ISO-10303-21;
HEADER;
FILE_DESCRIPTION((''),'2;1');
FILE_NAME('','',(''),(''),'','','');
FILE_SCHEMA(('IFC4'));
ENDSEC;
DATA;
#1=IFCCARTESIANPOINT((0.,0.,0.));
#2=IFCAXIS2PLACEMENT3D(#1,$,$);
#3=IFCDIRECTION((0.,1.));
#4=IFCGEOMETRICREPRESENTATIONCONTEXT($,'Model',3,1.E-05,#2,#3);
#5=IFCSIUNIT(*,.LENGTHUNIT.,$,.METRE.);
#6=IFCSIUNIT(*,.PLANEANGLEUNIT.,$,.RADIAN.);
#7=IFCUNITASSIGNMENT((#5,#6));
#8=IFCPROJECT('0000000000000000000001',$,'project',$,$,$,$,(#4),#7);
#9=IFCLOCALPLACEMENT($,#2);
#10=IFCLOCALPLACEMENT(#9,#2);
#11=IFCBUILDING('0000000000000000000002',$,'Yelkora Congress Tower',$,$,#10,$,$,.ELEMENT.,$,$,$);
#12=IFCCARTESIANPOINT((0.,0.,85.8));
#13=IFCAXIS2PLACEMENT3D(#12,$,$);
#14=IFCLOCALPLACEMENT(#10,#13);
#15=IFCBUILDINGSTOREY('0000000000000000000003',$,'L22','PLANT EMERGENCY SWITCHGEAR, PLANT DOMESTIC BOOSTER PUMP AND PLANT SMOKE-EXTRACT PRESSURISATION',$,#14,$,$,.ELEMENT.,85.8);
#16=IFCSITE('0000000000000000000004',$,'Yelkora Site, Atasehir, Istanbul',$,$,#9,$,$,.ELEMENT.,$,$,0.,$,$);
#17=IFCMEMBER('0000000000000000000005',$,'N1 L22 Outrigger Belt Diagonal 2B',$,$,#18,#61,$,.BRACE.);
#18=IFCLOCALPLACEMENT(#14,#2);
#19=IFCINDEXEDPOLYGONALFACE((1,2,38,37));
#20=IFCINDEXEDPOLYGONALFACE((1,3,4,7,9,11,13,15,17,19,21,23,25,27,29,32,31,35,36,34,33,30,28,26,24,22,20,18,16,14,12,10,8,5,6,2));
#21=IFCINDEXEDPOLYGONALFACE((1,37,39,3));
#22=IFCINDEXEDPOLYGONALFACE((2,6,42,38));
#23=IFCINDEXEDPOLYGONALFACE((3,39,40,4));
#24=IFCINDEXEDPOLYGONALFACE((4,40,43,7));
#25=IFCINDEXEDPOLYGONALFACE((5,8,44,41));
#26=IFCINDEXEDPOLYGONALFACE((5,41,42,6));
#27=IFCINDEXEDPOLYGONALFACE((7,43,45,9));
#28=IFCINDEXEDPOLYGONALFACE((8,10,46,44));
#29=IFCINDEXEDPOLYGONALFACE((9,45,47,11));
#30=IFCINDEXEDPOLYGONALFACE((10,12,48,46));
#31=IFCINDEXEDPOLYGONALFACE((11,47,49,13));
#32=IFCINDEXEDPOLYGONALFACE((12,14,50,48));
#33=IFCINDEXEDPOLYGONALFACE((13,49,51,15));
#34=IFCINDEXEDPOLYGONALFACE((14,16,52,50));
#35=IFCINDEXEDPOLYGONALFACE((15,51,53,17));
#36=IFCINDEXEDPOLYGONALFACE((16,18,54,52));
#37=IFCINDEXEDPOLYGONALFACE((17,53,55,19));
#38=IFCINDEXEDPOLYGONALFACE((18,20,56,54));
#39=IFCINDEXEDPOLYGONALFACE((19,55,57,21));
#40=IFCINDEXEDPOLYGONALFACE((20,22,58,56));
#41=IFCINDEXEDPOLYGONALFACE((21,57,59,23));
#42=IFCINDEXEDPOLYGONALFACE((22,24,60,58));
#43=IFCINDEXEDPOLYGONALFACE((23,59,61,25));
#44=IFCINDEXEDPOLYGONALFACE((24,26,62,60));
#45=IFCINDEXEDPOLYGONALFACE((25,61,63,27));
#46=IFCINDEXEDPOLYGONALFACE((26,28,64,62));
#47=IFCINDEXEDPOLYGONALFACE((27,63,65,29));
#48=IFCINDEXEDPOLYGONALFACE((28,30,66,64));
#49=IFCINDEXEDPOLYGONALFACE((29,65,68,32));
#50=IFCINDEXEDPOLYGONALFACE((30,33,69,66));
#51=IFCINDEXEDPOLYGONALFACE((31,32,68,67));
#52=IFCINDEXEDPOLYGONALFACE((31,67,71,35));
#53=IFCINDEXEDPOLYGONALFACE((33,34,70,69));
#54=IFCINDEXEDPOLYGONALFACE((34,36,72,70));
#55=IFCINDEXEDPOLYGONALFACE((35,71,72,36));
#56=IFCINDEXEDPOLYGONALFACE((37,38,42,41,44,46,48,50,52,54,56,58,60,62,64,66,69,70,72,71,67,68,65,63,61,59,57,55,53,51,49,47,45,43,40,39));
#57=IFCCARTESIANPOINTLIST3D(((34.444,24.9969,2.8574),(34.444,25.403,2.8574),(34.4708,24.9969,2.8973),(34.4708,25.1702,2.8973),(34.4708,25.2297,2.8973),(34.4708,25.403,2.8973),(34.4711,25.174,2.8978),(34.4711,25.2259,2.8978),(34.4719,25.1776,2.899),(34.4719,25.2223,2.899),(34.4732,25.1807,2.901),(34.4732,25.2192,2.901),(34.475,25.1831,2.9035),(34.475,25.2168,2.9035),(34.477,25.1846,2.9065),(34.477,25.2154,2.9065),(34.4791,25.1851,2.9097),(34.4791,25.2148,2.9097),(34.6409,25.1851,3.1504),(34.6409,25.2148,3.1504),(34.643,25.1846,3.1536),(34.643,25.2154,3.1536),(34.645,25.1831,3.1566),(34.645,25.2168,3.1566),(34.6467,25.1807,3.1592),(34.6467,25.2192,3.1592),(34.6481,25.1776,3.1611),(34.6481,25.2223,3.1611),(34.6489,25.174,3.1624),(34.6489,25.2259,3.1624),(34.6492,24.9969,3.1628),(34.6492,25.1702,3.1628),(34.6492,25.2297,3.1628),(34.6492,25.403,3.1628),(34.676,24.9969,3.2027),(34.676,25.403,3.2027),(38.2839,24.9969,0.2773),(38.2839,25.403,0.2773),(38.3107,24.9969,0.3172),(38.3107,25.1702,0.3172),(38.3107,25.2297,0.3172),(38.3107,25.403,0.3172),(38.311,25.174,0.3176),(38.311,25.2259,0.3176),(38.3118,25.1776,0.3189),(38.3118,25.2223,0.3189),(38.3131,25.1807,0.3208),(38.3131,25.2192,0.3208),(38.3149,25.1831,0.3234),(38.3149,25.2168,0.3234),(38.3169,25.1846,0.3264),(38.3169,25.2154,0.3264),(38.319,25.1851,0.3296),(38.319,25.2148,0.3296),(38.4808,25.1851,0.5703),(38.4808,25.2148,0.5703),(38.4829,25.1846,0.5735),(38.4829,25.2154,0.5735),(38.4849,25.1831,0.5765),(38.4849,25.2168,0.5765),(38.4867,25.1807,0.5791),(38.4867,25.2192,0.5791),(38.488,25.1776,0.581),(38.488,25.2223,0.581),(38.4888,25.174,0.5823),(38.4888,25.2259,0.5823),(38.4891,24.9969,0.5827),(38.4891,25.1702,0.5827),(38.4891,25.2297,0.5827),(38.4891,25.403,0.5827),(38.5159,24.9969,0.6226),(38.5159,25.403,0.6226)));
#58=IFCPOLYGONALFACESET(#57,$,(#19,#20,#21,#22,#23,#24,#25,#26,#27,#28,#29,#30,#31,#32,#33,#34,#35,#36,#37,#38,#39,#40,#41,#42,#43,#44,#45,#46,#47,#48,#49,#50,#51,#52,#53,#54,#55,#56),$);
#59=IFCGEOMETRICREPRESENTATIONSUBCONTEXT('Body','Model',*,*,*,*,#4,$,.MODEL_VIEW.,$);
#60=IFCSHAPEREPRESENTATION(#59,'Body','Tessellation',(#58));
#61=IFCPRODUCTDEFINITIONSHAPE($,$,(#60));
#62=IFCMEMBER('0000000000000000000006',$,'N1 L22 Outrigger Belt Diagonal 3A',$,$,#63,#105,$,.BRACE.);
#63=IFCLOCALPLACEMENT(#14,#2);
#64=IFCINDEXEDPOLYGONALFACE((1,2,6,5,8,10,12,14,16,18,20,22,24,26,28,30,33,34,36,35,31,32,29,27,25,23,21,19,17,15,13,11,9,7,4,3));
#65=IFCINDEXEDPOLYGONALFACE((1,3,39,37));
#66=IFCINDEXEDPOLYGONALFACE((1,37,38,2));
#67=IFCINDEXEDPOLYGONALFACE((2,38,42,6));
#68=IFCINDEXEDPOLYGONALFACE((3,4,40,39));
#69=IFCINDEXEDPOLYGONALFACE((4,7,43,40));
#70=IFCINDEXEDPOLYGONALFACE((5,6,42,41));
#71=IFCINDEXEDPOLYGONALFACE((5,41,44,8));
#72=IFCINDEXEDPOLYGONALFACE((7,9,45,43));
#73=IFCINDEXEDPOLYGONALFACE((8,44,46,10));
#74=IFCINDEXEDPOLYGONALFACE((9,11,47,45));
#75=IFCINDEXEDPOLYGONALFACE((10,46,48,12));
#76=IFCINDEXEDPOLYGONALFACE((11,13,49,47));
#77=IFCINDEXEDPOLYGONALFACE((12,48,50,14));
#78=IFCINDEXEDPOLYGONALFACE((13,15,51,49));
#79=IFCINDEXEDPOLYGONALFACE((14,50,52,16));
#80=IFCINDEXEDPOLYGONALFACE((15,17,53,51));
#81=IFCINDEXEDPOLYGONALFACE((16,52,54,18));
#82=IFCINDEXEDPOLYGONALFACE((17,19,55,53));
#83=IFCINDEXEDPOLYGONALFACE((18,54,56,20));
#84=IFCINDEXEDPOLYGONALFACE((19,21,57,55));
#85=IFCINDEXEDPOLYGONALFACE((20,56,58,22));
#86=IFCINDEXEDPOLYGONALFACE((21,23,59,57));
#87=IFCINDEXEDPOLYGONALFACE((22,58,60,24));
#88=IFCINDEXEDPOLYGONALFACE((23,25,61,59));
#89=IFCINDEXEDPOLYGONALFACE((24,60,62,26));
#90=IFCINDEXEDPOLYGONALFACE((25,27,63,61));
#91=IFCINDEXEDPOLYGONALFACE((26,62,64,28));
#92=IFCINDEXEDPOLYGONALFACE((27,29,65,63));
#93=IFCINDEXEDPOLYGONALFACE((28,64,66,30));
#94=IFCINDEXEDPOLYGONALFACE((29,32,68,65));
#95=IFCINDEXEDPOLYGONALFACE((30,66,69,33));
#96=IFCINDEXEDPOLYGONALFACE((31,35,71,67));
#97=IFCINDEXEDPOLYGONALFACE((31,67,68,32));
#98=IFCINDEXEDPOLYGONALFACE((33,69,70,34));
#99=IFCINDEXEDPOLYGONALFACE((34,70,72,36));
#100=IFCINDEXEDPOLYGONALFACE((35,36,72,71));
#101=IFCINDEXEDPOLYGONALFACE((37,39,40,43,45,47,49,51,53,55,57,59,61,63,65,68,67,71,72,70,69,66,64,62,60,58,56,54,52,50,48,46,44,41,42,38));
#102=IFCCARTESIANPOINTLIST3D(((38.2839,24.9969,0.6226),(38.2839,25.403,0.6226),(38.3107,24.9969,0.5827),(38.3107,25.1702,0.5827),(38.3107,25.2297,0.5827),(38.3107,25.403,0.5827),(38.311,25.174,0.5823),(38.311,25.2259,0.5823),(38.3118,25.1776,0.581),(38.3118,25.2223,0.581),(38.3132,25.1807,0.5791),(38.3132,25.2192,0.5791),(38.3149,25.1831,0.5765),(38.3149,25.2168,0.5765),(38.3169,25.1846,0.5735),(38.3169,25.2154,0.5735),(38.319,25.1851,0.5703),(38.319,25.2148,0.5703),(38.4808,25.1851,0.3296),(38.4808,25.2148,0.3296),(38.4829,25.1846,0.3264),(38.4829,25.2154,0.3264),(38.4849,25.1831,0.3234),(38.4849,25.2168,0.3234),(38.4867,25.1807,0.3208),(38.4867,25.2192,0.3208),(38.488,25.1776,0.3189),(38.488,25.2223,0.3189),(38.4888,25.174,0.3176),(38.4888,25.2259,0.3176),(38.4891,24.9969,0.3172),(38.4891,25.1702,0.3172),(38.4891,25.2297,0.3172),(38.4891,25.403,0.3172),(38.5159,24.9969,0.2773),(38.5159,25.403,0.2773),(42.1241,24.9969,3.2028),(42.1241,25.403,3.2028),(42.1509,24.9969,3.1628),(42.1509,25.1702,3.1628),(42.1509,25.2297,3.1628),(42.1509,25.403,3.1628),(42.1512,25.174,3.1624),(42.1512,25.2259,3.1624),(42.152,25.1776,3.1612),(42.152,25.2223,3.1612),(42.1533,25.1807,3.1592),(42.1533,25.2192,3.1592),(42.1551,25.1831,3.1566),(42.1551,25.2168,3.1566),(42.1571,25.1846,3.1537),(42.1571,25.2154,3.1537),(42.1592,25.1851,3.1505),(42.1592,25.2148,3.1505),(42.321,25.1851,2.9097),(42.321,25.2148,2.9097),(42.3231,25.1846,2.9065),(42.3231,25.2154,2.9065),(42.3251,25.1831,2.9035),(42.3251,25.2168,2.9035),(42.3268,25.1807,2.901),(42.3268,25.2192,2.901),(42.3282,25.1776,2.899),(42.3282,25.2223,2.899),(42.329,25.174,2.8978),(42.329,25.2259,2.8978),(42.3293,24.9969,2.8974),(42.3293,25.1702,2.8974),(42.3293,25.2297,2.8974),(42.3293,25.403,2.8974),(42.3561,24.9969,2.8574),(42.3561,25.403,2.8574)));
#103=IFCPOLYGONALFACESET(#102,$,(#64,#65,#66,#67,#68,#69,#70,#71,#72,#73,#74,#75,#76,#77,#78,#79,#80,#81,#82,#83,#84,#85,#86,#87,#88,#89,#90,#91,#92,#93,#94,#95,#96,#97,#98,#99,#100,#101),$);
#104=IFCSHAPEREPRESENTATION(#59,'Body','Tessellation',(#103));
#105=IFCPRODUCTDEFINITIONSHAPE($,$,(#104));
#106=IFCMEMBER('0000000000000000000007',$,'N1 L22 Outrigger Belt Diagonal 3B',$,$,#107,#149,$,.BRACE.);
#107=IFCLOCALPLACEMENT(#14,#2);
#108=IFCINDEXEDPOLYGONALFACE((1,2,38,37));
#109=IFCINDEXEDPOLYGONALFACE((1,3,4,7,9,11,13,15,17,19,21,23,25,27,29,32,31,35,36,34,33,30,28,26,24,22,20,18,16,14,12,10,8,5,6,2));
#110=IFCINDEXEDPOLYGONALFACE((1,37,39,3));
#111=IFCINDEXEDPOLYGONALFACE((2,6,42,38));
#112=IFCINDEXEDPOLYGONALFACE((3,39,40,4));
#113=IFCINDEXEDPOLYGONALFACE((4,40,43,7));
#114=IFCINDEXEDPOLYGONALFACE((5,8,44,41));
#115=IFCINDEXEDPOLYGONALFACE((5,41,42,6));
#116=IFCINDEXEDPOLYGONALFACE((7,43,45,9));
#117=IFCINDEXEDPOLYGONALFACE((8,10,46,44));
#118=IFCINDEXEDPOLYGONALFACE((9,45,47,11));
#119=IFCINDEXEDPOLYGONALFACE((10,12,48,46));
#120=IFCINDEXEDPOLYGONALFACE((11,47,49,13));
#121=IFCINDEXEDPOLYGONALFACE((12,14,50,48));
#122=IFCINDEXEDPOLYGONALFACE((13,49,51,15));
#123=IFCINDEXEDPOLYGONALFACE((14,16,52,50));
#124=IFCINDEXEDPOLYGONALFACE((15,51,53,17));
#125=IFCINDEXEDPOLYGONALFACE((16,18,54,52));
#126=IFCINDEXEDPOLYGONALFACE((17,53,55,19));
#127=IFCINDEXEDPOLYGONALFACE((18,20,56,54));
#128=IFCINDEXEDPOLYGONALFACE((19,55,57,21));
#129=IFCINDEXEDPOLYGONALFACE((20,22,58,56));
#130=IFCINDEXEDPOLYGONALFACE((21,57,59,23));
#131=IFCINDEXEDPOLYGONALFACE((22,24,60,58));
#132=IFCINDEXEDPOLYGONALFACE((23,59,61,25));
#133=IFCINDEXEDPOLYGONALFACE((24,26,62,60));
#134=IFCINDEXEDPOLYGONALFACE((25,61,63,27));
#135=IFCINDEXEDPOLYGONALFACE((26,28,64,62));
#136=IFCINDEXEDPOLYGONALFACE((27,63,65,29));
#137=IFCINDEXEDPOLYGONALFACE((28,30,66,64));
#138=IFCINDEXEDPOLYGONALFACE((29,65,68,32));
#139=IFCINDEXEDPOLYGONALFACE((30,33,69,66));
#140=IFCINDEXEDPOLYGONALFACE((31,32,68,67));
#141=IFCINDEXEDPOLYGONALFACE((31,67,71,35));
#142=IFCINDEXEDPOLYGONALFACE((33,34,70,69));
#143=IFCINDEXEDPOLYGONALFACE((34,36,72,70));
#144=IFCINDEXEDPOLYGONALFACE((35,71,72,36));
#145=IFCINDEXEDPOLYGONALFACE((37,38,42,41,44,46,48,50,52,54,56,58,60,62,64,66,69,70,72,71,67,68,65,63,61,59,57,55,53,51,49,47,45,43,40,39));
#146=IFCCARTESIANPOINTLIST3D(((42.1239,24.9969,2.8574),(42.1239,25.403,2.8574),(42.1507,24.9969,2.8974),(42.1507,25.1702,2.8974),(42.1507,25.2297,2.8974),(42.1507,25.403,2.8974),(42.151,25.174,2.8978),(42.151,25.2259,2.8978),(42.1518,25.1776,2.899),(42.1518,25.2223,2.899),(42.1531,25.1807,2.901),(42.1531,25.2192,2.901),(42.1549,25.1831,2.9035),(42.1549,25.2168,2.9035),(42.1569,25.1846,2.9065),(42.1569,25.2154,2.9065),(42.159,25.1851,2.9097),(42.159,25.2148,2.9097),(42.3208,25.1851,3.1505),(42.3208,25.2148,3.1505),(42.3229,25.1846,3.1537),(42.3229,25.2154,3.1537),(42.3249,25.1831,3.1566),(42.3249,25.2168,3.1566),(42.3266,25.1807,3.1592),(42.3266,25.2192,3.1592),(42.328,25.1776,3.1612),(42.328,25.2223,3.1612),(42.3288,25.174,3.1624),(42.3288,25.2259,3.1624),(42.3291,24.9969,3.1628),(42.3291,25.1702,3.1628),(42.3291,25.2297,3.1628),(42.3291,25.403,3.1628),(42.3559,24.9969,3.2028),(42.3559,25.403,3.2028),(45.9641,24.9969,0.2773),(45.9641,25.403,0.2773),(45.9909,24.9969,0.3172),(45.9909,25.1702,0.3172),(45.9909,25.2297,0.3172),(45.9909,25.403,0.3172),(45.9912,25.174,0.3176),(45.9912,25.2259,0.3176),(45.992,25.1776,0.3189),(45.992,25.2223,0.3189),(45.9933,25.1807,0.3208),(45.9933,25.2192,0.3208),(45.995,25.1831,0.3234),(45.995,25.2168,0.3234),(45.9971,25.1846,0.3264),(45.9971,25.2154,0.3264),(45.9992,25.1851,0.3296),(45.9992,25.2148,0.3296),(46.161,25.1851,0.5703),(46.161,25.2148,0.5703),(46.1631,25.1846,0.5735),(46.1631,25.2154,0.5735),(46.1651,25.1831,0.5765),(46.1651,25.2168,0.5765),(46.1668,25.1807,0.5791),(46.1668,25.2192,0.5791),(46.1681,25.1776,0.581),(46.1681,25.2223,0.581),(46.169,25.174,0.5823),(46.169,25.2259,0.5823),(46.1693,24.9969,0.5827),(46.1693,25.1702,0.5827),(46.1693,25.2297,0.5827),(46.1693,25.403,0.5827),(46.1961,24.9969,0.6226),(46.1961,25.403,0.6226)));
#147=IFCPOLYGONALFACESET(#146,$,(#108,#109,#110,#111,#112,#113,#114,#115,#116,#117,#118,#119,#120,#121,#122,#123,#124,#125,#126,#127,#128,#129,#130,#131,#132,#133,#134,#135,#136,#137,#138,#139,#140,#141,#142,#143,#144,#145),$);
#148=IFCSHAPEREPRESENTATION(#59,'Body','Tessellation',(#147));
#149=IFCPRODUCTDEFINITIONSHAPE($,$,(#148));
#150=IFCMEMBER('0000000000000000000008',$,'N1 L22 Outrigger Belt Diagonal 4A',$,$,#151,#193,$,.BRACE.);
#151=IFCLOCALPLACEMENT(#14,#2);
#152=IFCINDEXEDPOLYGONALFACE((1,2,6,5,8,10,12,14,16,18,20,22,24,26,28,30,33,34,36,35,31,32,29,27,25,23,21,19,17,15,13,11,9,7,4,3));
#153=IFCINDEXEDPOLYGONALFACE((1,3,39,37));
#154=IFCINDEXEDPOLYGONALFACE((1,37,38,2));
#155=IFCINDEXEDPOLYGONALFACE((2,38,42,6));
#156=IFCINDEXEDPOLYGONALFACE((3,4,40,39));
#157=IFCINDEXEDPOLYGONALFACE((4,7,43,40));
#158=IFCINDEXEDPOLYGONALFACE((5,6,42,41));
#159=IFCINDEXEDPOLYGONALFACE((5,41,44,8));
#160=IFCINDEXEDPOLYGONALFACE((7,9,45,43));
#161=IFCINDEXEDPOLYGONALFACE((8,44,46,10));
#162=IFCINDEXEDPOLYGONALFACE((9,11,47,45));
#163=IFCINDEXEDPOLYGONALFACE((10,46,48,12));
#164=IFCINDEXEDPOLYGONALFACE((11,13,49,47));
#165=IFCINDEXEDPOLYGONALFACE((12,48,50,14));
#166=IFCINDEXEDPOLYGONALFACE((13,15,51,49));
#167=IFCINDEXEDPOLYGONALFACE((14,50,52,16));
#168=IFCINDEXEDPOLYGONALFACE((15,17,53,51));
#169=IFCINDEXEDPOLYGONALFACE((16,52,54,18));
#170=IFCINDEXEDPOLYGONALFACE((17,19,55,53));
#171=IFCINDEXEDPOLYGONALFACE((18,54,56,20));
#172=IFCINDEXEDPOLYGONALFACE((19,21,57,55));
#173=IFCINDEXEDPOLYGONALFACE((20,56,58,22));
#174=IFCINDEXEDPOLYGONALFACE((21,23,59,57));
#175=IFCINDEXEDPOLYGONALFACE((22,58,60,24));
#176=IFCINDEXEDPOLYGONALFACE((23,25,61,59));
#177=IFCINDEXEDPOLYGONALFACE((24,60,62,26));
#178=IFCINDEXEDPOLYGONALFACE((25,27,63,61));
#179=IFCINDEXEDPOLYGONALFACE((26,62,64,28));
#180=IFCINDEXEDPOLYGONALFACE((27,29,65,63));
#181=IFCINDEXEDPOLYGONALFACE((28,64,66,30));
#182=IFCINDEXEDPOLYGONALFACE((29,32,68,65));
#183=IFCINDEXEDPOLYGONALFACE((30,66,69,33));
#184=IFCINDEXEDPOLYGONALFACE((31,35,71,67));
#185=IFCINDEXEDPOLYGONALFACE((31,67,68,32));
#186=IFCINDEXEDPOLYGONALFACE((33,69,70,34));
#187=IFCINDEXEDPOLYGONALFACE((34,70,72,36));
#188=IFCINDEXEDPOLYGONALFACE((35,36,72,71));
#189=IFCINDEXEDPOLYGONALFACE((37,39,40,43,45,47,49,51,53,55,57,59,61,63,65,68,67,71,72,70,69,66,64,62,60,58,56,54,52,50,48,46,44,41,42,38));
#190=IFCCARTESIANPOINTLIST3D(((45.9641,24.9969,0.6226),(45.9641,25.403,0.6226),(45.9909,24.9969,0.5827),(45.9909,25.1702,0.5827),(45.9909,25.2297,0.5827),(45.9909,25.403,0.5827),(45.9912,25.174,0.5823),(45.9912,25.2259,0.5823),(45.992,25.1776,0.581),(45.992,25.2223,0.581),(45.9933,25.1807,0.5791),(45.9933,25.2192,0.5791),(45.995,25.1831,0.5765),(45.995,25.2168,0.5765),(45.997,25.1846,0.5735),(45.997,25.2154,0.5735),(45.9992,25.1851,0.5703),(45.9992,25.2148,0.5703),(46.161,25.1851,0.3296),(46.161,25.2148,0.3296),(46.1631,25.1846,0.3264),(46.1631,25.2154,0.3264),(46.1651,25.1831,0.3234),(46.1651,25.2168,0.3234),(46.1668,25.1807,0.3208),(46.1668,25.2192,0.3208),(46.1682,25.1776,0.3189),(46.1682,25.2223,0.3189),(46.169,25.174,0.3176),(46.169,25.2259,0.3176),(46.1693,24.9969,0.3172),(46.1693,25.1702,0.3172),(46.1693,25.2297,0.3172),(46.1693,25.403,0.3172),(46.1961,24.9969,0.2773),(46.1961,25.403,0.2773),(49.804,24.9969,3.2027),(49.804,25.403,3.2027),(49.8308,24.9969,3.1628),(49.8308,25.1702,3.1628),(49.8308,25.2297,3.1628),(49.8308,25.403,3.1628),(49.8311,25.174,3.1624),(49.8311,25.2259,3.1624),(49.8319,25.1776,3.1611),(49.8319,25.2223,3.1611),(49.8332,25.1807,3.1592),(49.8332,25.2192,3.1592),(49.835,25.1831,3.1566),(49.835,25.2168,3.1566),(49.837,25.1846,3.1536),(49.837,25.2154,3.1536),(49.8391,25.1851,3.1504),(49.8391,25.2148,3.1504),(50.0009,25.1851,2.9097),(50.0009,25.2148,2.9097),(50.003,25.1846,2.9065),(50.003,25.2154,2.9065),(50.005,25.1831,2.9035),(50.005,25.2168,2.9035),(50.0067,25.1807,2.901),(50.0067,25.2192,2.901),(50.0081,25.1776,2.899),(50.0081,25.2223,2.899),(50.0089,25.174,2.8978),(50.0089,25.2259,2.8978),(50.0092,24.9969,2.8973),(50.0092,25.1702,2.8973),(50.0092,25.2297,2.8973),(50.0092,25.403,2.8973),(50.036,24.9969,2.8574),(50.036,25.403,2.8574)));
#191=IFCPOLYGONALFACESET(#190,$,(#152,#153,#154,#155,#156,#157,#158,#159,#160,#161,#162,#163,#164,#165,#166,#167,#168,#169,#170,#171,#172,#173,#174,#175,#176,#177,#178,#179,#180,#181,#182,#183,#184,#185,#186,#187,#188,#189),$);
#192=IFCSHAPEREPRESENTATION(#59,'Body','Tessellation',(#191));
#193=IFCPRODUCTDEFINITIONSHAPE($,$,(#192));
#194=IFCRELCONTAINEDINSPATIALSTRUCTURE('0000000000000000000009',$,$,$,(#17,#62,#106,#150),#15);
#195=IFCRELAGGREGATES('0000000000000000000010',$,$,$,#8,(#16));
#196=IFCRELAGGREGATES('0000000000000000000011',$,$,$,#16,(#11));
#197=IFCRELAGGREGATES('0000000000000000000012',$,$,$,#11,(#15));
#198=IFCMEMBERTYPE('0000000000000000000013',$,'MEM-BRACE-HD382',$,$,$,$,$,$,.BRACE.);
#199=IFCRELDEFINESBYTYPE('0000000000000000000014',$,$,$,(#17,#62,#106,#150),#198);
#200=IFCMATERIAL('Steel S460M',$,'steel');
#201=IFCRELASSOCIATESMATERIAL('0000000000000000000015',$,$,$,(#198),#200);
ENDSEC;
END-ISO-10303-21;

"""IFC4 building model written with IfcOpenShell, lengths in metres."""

from ifc_helpers import new_model, si_unit, direction, frame, origin, origin_2d, place, context, subcontext, project, spatial, i_section, extrude, material, material_profile, profile_set, type_object, element, save


model = new_model("IFC4")

# Units and contexts
model_context = context("Model", 3, precision=1e-05, world=origin(), true_north=direction((0.0, 1.0)))
body_context = subcontext(model_context, "Body", "Model", "MODEL_VIEW")
ifc_project = project(units=[si_unit("LENGTHUNIT", "METRE"), si_unit("PLANEANGLEUNIT", "RADIAN")], contexts=[model_context])

# Site, building, storey
site_placement = place(None, origin())
site = spatial("IfcSite", under=ifc_project, at=site_placement, Name="Yelkora Site, Atasehir, Istanbul", CompositionType="ELEMENT", RefElevation=0.0)
building_placement = place(site_placement, origin())
building = spatial("IfcBuilding", under=site, at=building_placement, Name="Yelkora Congress Tower", CompositionType="ELEMENT")
storey_placement = place(building_placement, frame((0.0, 0.0, 85.8)))
storey = spatial("IfcBuildingStorey", under=building, at=storey_placement, Name="L22", Description="PLANT EMERGENCY SWITCHGEAR, PLANT DOMESTIC BOOSTER PUMP AND PLANT SMOKE-EXTRACT PRESSURISATION", CompositionType="ELEMENT", Elevation=85.8)

# Shared definitions
ifc_material_1 = material(Name="Steel S460M", Category="steel")

# Members
ifc_material_profile_1 = material_profile(ifc_material_1, i_section(OverallWidth=0.406, OverallDepth=0.416, WebThickness=0.0298, FlangeThickness=0.0481, FilletRadius=0.0149, at=origin_2d()), Name="HD 400x382")
ifc_profile_set_1 = profile_set([ifc_material_profile_1], Name="Steel S460M")
member_type_1 = type_object("IfcMemberType", Name="MEM-BRACE-HD382", PredefinedType="BRACE", material=ifc_profile_set_1)
member_1_placement = place(storey_placement, frame((38.3999, 25.2, 0.45), z_axis=(-0.830031, 0.0, 0.557717), x_axis=(0.0, -1.0, 0.0)))
element("IfcMember", 1, at=member_1_placement, inside=storey, type_object=member_type_1, Name="N1 L22 Outrigger Belt Diagonal 2B", PredefinedType="BRACE", context=body_context, shape_type="SweptSolid", body=[
    extrude(i_section(OverallWidth=0.406, OverallDepth=0.416, WebThickness=0.0298, FlangeThickness=0.0481, FilletRadius=0.0149, at=origin_2d()), origin(), (0.0, 0.0, 1.0), 4.6262),
])
for number, where, z_axis, x_axis, name in (
    (2, (38.3999, 25.2, 0.45), (0.830048, 0.0, 0.557692), (0.0, 1.0, 0.0), "N1 L22 Outrigger Belt Diagonal 3A"),
    (3, (46.0801, 25.2, 0.45), (-0.830048, 0.0, 0.557692), (0.0, -1.0, 0.0), "N1 L22 Outrigger Belt Diagonal 3B"),
):
    element("IfcMember", number, at=place(storey_placement, frame(where, z_axis=z_axis, x_axis=x_axis)), inside=storey, type_object=member_type_1, Name=name, PredefinedType="BRACE", context=body_context, shape_type="SweptSolid", body=[
        extrude(i_section(OverallWidth=0.406, OverallDepth=0.416, WebThickness=0.0298, FlangeThickness=0.0481, FilletRadius=0.0149, at=origin_2d()), origin(), (0.0, 0.0, 1.0), 4.6265),
    ])
member_2_placement = place(storey_placement, frame((46.0801, 25.2, 0.45), z_axis=(0.830031, 0.0, 0.557717), x_axis=(0.0, 1.0, 0.0)))
element("IfcMember", 4, at=member_2_placement, inside=storey, type_object=member_type_1, Name="N1 L22 Outrigger Belt Diagonal 4A", PredefinedType="BRACE", context=body_context, shape_type="SweptSolid", body=[
    extrude(i_section(OverallWidth=0.406, OverallDepth=0.416, WebThickness=0.0298, FlangeThickness=0.0481, FilletRadius=0.0149, at=origin_2d()), origin(), (0.0, 0.0, 1.0), 4.6262),
])

save(model, "model.ifc")
